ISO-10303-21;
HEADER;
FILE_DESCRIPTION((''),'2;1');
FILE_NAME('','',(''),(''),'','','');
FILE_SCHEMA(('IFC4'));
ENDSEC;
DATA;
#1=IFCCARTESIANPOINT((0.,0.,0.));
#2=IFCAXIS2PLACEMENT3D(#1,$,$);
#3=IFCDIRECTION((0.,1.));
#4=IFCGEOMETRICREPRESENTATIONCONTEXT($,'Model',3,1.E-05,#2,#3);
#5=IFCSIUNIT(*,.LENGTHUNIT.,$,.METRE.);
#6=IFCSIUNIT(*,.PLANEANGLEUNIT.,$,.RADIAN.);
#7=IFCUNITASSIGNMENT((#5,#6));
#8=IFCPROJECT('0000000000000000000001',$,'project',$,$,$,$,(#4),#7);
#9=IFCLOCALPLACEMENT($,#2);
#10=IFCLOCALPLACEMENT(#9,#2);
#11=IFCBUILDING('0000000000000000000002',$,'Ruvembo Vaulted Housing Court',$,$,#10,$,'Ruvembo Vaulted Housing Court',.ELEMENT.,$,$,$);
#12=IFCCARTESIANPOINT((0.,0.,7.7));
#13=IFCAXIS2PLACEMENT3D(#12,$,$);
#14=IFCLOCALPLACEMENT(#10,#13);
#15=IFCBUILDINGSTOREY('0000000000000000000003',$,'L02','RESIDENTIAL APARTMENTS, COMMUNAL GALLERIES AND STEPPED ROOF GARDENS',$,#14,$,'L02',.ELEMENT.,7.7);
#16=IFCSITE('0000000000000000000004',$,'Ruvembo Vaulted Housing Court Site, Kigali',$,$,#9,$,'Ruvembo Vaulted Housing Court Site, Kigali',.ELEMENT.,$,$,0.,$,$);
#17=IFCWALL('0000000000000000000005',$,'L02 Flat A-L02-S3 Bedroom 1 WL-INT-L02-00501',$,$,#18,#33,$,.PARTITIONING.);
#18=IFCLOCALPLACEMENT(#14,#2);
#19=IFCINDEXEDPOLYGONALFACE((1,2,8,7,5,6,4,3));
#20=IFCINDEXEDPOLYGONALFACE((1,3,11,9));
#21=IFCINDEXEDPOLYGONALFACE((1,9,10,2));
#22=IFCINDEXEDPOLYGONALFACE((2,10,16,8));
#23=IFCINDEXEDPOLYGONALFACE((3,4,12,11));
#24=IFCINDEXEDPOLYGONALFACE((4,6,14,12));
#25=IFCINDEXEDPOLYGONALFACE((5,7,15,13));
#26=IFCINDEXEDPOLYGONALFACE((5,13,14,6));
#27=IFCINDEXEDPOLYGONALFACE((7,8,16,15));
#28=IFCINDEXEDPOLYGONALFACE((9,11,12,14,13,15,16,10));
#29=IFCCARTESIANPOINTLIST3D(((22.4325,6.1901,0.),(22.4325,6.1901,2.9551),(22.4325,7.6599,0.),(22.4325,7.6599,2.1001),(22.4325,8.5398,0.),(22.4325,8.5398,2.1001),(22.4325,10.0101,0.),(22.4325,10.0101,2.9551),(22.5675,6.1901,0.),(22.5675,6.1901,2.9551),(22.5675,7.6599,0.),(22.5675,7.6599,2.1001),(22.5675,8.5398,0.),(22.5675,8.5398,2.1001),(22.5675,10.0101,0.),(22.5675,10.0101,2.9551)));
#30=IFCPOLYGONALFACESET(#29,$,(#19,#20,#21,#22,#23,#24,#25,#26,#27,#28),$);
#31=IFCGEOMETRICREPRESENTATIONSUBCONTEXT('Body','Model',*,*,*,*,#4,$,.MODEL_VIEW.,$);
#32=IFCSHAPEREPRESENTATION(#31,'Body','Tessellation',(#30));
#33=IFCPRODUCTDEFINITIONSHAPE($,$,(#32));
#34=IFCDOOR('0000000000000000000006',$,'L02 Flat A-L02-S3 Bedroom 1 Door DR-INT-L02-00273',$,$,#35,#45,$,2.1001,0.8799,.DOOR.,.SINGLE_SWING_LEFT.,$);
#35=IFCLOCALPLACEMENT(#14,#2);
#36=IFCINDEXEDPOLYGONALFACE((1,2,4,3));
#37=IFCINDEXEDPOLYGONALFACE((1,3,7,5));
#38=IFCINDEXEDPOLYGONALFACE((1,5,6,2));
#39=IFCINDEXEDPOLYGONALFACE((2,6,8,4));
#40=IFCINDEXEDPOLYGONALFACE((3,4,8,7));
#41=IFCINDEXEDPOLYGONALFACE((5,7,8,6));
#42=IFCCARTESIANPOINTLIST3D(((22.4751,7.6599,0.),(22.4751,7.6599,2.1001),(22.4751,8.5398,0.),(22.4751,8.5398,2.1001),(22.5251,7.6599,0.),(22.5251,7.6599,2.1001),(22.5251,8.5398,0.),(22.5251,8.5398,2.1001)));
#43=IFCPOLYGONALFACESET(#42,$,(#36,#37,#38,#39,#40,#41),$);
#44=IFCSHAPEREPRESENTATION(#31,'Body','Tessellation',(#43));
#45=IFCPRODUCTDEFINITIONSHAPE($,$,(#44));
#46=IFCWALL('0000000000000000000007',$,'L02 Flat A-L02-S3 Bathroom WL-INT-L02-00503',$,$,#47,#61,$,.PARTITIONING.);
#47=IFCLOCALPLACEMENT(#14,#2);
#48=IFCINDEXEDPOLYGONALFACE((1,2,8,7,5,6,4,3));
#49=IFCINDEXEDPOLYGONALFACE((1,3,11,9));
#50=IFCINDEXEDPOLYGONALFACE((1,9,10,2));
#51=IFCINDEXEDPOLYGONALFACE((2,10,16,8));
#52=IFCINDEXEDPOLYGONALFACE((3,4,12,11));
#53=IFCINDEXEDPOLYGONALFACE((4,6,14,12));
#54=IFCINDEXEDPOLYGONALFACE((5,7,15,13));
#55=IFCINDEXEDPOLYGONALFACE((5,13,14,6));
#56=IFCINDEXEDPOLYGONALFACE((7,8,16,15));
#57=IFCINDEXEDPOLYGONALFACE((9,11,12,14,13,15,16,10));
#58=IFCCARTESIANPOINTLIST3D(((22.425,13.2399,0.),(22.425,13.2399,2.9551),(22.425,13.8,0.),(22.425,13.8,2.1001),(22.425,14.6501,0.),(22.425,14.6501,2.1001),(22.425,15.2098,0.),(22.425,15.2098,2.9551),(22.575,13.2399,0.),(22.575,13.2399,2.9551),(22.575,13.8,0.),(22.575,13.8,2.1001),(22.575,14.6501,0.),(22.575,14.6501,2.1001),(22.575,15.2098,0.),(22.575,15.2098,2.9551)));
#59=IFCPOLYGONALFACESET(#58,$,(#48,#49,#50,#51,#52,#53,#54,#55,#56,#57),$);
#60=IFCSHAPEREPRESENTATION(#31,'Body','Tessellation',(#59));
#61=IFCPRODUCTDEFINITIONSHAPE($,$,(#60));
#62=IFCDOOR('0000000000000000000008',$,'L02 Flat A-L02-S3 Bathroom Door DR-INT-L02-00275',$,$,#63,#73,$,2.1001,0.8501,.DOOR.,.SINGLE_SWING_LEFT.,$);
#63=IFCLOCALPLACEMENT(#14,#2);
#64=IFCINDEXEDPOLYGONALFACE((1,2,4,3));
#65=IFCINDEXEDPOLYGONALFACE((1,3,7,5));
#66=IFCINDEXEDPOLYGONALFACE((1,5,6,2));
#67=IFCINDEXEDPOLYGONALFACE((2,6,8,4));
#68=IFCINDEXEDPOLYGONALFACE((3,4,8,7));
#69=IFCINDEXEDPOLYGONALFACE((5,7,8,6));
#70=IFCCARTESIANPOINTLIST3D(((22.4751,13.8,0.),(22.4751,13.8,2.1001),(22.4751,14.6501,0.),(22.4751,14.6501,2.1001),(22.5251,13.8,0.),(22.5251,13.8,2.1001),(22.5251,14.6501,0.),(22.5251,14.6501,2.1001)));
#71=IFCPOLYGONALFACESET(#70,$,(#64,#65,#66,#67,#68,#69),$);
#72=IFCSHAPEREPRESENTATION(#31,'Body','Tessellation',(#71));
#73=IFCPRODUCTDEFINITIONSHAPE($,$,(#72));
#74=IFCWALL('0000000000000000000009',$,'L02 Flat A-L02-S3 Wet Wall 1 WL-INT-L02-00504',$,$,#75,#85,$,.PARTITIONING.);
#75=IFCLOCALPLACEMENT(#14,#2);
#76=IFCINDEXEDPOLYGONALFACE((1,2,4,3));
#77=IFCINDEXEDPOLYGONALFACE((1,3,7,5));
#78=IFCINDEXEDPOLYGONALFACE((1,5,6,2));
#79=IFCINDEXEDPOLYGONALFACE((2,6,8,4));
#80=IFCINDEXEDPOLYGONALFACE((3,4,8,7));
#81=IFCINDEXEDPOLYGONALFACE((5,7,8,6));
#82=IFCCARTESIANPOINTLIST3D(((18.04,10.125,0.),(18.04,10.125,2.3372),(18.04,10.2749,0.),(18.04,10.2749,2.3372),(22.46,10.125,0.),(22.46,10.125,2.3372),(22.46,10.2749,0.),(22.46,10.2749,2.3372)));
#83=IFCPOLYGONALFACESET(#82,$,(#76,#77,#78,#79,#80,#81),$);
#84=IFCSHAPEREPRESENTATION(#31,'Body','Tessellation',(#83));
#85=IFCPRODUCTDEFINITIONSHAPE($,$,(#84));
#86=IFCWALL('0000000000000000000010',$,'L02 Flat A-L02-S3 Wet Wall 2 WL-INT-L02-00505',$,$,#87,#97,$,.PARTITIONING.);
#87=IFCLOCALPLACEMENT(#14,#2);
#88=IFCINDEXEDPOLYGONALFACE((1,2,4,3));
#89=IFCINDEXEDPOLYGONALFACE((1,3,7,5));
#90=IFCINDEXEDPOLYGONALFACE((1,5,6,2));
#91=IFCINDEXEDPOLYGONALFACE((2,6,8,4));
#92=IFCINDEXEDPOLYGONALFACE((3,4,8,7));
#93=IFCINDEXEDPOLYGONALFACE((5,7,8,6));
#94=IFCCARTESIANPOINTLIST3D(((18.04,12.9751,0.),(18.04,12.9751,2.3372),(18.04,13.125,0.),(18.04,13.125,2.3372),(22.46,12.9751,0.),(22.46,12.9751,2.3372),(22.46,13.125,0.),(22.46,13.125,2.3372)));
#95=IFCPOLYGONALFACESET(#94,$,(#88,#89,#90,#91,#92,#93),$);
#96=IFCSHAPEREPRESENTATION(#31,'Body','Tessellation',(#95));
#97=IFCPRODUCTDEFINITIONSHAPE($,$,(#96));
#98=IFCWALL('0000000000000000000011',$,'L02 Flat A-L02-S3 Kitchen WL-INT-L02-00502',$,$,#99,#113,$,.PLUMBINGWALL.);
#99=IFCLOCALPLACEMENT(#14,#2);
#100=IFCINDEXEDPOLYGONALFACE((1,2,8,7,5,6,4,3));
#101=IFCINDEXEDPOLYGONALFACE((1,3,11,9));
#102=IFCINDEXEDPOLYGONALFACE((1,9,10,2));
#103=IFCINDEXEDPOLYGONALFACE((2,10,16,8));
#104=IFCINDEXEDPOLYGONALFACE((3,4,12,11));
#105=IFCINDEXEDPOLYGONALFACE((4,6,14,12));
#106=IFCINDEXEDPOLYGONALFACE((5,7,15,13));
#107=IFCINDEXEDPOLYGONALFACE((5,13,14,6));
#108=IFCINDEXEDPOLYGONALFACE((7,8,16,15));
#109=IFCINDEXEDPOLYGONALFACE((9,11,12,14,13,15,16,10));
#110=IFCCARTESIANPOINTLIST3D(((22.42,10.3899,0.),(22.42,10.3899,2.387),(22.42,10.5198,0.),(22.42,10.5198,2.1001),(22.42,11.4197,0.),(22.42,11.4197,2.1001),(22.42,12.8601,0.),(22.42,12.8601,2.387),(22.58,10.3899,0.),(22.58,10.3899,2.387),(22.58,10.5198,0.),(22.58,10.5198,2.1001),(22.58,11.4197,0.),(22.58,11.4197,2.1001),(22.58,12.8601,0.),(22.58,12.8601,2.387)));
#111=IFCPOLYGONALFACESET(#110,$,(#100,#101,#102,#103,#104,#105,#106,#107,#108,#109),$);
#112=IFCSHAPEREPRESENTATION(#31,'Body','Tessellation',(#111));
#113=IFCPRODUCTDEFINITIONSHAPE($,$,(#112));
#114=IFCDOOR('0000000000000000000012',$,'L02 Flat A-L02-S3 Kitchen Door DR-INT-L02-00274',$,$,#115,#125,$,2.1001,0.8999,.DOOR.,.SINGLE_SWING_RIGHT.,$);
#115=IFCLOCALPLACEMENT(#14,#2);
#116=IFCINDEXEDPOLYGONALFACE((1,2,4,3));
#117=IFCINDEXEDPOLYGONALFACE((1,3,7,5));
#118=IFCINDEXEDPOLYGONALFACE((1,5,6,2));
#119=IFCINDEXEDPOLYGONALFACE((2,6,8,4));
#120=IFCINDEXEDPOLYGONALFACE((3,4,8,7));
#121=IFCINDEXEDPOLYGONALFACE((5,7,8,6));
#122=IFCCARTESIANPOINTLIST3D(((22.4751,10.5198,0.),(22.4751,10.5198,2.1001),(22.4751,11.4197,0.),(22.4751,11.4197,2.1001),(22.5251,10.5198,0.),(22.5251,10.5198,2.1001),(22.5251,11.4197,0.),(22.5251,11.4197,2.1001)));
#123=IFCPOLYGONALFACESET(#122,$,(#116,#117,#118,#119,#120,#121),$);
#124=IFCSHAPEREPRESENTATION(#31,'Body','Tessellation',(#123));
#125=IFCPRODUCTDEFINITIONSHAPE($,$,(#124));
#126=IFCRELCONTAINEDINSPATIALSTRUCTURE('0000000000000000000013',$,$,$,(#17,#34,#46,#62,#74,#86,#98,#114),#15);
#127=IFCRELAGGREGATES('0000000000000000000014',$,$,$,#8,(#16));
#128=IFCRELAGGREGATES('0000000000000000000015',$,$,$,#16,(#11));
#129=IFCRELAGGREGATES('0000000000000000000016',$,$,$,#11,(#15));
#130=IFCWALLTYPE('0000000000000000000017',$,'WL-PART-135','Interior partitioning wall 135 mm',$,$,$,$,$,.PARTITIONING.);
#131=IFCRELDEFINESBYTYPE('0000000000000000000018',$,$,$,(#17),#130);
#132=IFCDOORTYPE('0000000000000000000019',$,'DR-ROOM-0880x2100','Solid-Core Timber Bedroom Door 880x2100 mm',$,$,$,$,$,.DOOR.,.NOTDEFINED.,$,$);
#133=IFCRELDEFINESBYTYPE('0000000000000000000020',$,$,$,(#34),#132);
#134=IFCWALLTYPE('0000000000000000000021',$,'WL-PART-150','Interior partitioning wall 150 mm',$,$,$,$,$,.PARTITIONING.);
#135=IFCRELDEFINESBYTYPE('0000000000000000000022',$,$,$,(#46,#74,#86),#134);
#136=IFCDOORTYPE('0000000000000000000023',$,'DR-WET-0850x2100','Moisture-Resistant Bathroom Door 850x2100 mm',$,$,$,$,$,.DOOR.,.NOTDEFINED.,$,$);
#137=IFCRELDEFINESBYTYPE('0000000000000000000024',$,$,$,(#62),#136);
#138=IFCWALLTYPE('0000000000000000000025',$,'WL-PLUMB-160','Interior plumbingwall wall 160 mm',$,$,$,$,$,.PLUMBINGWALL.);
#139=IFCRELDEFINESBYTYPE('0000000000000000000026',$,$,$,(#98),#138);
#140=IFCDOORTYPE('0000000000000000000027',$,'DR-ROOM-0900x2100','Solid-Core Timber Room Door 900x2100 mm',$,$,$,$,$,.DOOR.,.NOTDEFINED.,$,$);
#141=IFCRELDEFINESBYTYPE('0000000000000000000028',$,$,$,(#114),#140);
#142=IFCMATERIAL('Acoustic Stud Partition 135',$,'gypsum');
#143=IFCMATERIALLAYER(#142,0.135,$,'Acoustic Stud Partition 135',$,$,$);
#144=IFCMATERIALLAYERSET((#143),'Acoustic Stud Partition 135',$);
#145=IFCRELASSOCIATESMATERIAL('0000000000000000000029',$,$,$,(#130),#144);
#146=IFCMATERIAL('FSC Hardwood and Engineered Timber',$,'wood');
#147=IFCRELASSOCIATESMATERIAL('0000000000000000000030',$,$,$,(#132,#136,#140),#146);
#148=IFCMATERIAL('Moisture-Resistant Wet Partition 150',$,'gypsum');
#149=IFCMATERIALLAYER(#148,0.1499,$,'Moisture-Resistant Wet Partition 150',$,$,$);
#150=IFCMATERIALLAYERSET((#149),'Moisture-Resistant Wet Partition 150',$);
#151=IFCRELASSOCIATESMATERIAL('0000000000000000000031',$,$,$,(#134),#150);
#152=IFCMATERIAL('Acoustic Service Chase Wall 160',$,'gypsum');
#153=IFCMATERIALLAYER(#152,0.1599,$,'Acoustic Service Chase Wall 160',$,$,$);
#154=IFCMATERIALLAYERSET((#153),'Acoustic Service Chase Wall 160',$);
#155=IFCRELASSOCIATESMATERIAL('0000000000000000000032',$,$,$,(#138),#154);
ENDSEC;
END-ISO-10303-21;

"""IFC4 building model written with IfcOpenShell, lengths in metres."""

from ifc_helpers import new_model, si_unit, direction, frame, frame_2d, origin, place, context, subcontext, project, spatial, rectangle, extrude, material, layer, layer_set, type_object, element, fill, save


model = new_model("IFC4")

# Units and contexts
model_context = context("Model", 3, precision=1e-05, world=origin(), true_north=direction((0.0, 1.0)))
body_context = subcontext(model_context, "Body", "Model", "MODEL_VIEW")
ifc_project = project(units=[si_unit("LENGTHUNIT", "METRE"), si_unit("PLANEANGLEUNIT", "RADIAN")], contexts=[model_context])

# Site, building, storey
site_placement = place(None, origin())
site = spatial("IfcSite", under=ifc_project, at=site_placement, Name="Ruvembo Vaulted Housing Court Site, Kigali", LongName="Ruvembo Vaulted Housing Court Site, Kigali", CompositionType="ELEMENT", RefElevation=0.0)
building_placement = place(site_placement, origin())
building = spatial("IfcBuilding", under=site, at=building_placement, Name="Ruvembo Vaulted Housing Court", LongName="Ruvembo Vaulted Housing Court", CompositionType="ELEMENT")
storey_placement = place(building_placement, frame((0.0, 0.0, 7.7)))
storey = spatial("IfcBuildingStorey", under=building, at=storey_placement, Name="L02", Description="RESIDENTIAL APARTMENTS, COMMUNAL GALLERIES AND STEPPED ROOF GARDENS", LongName="L02", CompositionType="ELEMENT", Elevation=7.7)

# Shared definitions
ifc_material_1 = material(Name="FSC Hardwood and Engineered Timber", Category="wood")

# Walls, openings, doors
ifc_material_2 = material(Name="Acoustic Stud Partition 135", Category="gypsum")
ifc_layer_1 = layer(ifc_material_2, 0.135, Name="Acoustic Stud Partition 135")
ifc_layer_set_1 = layer_set([ifc_layer_1], Name="Acoustic Stud Partition 135")
wall_type_1 = type_object("IfcWallType", Name="WL-PART-135", Description="Interior partitioning wall 135 mm", PredefinedType="PARTITIONING", material=ifc_layer_set_1)
wall_1_placement = place(storey_placement, frame((22.5, 6.1899, 0.0), z_axis=(0.0, 0.0, 1.0), x_axis=(0.0, 1.0, 0.0)))
wall_1 = element("IfcWall", 1, at=wall_1_placement, inside=storey, type_object=wall_type_1, Name="L02 Flat A-L02-S3 Bedroom 1 WL-INT-L02-00501", PredefinedType="PARTITIONING", context=body_context, shape_type="SweptSolid", body=[
    extrude(rectangle(XDim=3.8201, YDim=0.135, at=frame_2d((1.9102, 0.0))), origin(), (0.0, 0.0, 1.0), 2.9551),
])
opening_1_placement = place(wall_1_placement, frame((1.47, 0.0, 0.0)))
opening_1 = element("IfcOpeningElement", 2, at=opening_1_placement, cuts=wall_1, PredefinedType="OPENING", context=body_context, shape_type="SweptSolid", body=[
    extrude(rectangle(XDim=0.8799, YDim=2.1001, at=frame_2d((0.4399, 1.05))), frame((0.0, 0.0774, 0.0), z_axis=(0.0, -1.0, 0.0), x_axis=(1.0, 0.0, 0.0)), (0.0, 0.0, 1.0), 0.155),
])
door_type_1 = type_object("IfcDoorType", Name="DR-ROOM-0880x2100", Description="Solid-Core Timber Bedroom Door 880x2100 mm", OperationType="NOTDEFINED", PredefinedType="DOOR", material=ifc_material_1)
door_1_placement = place(opening_1_placement, origin())
door_1 = element("IfcDoor", 3, at=door_1_placement, inside=storey, type_object=door_type_1, Name="L02 Flat A-L02-S3 Bedroom 1 Door DR-INT-L02-00273", OperationType="SINGLE_SWING_LEFT", OverallHeight=2.1001, OverallWidth=0.8799, PredefinedType="DOOR", context=body_context, shape_type="SweptSolid", body=[
    extrude(rectangle(XDim=0.8799, YDim=2.1001, at=frame_2d((0.4399, 1.05))), frame((0.0, 0.0249, 0.0), z_axis=(0.0, -1.0, 0.0), x_axis=(1.0, 0.0, 0.0)), (0.0, 0.0, 1.0), 0.05),
])
fill(opening_1, door_1)
ifc_material_3 = material(Name="Moisture-Resistant Wet Partition 150", Category="gypsum")
ifc_layer_2 = layer(ifc_material_3, 0.1499, Name="Moisture-Resistant Wet Partition 150")
ifc_layer_set_2 = layer_set([ifc_layer_2], Name="Moisture-Resistant Wet Partition 150")
wall_type_2 = type_object("IfcWallType", Name="WL-PART-150", Description="Interior partitioning wall 150 mm", PredefinedType="PARTITIONING", material=ifc_layer_set_2)
wall_2_placement = place(storey_placement, frame((22.5, 13.24, 0.0), z_axis=(0.0, 0.0, 1.0), x_axis=(0.0, 1.0, 0.0)))
wall_2 = element("IfcWall", 4, at=wall_2_placement, inside=storey, type_object=wall_type_2, Name="L02 Flat A-L02-S3 Bathroom WL-INT-L02-00503", PredefinedType="PARTITIONING", context=body_context, shape_type="SweptSolid", body=[
    extrude(rectangle(XDim=1.97, YDim=0.1499, at=frame_2d((0.9849, 0.0))), origin(), (0.0, 0.0, 1.0), 2.9551),
])
opening_2_placement = place(wall_2_placement, frame((0.5601, 0.0, 0.0)))
opening_2 = element("IfcOpeningElement", 5, at=opening_2_placement, cuts=wall_2, PredefinedType="OPENING", context=body_context, shape_type="SweptSolid", body=[
    extrude(rectangle(XDim=0.8501, YDim=2.1001, at=frame_2d((0.425, 1.05))), frame((0.0, 0.085, 0.0), z_axis=(0.0, -1.0, 0.0), x_axis=(1.0, 0.0, 0.0)), (0.0, 0.0, 1.0), 0.1699),
])
door_type_2 = type_object("IfcDoorType", Name="DR-WET-0850x2100", Description="Moisture-Resistant Bathroom Door 850x2100 mm", OperationType="NOTDEFINED", PredefinedType="DOOR", material=ifc_material_1)
door_2_placement = place(opening_2_placement, origin())
door_2 = element("IfcDoor", 6, at=door_2_placement, inside=storey, type_object=door_type_2, Name="L02 Flat A-L02-S3 Bathroom Door DR-INT-L02-00275", OperationType="SINGLE_SWING_LEFT", OverallHeight=2.1001, OverallWidth=0.8501, PredefinedType="DOOR", context=body_context, shape_type="SweptSolid", body=[
    extrude(rectangle(XDim=0.8501, YDim=2.1001, at=frame_2d((0.425, 1.05))), frame((0.0, 0.0249, 0.0), z_axis=(0.0, -1.0, 0.0), x_axis=(1.0, 0.0, 0.0)), (0.0, 0.0, 1.0), 0.05),
])
fill(opening_2, door_2)

# Walls
for number, where, z_axis, x_axis, name in (
    (7, (18.04, 10.2, 0.0), (0.0, 0.0, 1.0), (1.0, 0.0, 0.0), "L02 Flat A-L02-S3 Wet Wall 1 WL-INT-L02-00504"),
    (8, (18.04, 13.05, 0.0), (0.0, 0.0, 1.0), (1.0, 0.0, 0.0), "L02 Flat A-L02-S3 Wet Wall 2 WL-INT-L02-00505"),
):
    element("IfcWall", number, at=place(storey_placement, frame(where, z_axis=z_axis, x_axis=x_axis)), inside=storey, type_object=wall_type_2, Name=name, PredefinedType="PARTITIONING", context=body_context, shape_type="SweptSolid", body=[
        extrude(rectangle(XDim=4.4199, YDim=0.1499, at=frame_2d((2.21, 0.0))), origin(), (0.0, 0.0, 1.0), 2.3372),
    ])

# Wall, opening, door
ifc_material_4 = material(Name="Acoustic Service Chase Wall 160", Category="gypsum")
ifc_layer_3 = layer(ifc_material_4, 0.1599, Name="Acoustic Service Chase Wall 160")
ifc_layer_set_3 = layer_set([ifc_layer_3], Name="Acoustic Service Chase Wall 160")
wall_type_3 = type_object("IfcWallType", Name="WL-PLUMB-160", Description="Interior plumbingwall wall 160 mm", PredefinedType="PLUMBINGWALL", material=ifc_layer_set_3)
wall_3_placement = place(storey_placement, frame((22.5, 10.3899, 0.0), z_axis=(0.0, 0.0, 1.0), x_axis=(0.0, 1.0, 0.0)))
wall_3 = element("IfcWall", 9, at=wall_3_placement, inside=storey, type_object=wall_type_3, Name="L02 Flat A-L02-S3 Kitchen WL-INT-L02-00502", PredefinedType="PLUMBINGWALL", context=body_context, shape_type="SweptSolid", body=[
    extrude(rectangle(XDim=2.4702, YDim=0.1599, at=frame_2d((1.2351, 0.0))), origin(), (0.0, 0.0, 1.0), 2.387),
])
opening_3_placement = place(wall_3_placement, frame((0.1299, 0.0, 0.0)))
opening_3 = element("IfcOpeningElement", 10, at=opening_3_placement, cuts=wall_3, PredefinedType="OPENING", context=body_context, shape_type="SweptSolid", body=[
    extrude(rectangle(XDim=0.8999, YDim=2.1001, at=frame_2d((0.45, 1.05))), frame((0.0, 0.0898, 0.0), z_axis=(0.0, -1.0, 0.0), x_axis=(1.0, 0.0, 0.0)), (0.0, 0.0, 1.0), 0.1799),
])
door_type_3 = type_object("IfcDoorType", Name="DR-ROOM-0900x2100", Description="Solid-Core Timber Room Door 900x2100 mm", OperationType="NOTDEFINED", PredefinedType="DOOR", material=ifc_material_1)
door_3_placement = place(opening_3_placement, origin())
door_3 = element("IfcDoor", 11, at=door_3_placement, inside=storey, type_object=door_type_3, Name="L02 Flat A-L02-S3 Kitchen Door DR-INT-L02-00274", OperationType="SINGLE_SWING_RIGHT", OverallHeight=2.1001, OverallWidth=0.8999, PredefinedType="DOOR", context=body_context, shape_type="SweptSolid", body=[
    extrude(rectangle(XDim=0.8999, YDim=2.1001, at=frame_2d((0.45, 1.05))), frame((0.0, 0.0249, 0.0), z_axis=(0.0, -1.0, 0.0), x_axis=(1.0, 0.0, 0.0)), (0.0, 0.0, 1.0), 0.05),
])
fill(opening_3, door_3)

save(model, "model.ifc")
